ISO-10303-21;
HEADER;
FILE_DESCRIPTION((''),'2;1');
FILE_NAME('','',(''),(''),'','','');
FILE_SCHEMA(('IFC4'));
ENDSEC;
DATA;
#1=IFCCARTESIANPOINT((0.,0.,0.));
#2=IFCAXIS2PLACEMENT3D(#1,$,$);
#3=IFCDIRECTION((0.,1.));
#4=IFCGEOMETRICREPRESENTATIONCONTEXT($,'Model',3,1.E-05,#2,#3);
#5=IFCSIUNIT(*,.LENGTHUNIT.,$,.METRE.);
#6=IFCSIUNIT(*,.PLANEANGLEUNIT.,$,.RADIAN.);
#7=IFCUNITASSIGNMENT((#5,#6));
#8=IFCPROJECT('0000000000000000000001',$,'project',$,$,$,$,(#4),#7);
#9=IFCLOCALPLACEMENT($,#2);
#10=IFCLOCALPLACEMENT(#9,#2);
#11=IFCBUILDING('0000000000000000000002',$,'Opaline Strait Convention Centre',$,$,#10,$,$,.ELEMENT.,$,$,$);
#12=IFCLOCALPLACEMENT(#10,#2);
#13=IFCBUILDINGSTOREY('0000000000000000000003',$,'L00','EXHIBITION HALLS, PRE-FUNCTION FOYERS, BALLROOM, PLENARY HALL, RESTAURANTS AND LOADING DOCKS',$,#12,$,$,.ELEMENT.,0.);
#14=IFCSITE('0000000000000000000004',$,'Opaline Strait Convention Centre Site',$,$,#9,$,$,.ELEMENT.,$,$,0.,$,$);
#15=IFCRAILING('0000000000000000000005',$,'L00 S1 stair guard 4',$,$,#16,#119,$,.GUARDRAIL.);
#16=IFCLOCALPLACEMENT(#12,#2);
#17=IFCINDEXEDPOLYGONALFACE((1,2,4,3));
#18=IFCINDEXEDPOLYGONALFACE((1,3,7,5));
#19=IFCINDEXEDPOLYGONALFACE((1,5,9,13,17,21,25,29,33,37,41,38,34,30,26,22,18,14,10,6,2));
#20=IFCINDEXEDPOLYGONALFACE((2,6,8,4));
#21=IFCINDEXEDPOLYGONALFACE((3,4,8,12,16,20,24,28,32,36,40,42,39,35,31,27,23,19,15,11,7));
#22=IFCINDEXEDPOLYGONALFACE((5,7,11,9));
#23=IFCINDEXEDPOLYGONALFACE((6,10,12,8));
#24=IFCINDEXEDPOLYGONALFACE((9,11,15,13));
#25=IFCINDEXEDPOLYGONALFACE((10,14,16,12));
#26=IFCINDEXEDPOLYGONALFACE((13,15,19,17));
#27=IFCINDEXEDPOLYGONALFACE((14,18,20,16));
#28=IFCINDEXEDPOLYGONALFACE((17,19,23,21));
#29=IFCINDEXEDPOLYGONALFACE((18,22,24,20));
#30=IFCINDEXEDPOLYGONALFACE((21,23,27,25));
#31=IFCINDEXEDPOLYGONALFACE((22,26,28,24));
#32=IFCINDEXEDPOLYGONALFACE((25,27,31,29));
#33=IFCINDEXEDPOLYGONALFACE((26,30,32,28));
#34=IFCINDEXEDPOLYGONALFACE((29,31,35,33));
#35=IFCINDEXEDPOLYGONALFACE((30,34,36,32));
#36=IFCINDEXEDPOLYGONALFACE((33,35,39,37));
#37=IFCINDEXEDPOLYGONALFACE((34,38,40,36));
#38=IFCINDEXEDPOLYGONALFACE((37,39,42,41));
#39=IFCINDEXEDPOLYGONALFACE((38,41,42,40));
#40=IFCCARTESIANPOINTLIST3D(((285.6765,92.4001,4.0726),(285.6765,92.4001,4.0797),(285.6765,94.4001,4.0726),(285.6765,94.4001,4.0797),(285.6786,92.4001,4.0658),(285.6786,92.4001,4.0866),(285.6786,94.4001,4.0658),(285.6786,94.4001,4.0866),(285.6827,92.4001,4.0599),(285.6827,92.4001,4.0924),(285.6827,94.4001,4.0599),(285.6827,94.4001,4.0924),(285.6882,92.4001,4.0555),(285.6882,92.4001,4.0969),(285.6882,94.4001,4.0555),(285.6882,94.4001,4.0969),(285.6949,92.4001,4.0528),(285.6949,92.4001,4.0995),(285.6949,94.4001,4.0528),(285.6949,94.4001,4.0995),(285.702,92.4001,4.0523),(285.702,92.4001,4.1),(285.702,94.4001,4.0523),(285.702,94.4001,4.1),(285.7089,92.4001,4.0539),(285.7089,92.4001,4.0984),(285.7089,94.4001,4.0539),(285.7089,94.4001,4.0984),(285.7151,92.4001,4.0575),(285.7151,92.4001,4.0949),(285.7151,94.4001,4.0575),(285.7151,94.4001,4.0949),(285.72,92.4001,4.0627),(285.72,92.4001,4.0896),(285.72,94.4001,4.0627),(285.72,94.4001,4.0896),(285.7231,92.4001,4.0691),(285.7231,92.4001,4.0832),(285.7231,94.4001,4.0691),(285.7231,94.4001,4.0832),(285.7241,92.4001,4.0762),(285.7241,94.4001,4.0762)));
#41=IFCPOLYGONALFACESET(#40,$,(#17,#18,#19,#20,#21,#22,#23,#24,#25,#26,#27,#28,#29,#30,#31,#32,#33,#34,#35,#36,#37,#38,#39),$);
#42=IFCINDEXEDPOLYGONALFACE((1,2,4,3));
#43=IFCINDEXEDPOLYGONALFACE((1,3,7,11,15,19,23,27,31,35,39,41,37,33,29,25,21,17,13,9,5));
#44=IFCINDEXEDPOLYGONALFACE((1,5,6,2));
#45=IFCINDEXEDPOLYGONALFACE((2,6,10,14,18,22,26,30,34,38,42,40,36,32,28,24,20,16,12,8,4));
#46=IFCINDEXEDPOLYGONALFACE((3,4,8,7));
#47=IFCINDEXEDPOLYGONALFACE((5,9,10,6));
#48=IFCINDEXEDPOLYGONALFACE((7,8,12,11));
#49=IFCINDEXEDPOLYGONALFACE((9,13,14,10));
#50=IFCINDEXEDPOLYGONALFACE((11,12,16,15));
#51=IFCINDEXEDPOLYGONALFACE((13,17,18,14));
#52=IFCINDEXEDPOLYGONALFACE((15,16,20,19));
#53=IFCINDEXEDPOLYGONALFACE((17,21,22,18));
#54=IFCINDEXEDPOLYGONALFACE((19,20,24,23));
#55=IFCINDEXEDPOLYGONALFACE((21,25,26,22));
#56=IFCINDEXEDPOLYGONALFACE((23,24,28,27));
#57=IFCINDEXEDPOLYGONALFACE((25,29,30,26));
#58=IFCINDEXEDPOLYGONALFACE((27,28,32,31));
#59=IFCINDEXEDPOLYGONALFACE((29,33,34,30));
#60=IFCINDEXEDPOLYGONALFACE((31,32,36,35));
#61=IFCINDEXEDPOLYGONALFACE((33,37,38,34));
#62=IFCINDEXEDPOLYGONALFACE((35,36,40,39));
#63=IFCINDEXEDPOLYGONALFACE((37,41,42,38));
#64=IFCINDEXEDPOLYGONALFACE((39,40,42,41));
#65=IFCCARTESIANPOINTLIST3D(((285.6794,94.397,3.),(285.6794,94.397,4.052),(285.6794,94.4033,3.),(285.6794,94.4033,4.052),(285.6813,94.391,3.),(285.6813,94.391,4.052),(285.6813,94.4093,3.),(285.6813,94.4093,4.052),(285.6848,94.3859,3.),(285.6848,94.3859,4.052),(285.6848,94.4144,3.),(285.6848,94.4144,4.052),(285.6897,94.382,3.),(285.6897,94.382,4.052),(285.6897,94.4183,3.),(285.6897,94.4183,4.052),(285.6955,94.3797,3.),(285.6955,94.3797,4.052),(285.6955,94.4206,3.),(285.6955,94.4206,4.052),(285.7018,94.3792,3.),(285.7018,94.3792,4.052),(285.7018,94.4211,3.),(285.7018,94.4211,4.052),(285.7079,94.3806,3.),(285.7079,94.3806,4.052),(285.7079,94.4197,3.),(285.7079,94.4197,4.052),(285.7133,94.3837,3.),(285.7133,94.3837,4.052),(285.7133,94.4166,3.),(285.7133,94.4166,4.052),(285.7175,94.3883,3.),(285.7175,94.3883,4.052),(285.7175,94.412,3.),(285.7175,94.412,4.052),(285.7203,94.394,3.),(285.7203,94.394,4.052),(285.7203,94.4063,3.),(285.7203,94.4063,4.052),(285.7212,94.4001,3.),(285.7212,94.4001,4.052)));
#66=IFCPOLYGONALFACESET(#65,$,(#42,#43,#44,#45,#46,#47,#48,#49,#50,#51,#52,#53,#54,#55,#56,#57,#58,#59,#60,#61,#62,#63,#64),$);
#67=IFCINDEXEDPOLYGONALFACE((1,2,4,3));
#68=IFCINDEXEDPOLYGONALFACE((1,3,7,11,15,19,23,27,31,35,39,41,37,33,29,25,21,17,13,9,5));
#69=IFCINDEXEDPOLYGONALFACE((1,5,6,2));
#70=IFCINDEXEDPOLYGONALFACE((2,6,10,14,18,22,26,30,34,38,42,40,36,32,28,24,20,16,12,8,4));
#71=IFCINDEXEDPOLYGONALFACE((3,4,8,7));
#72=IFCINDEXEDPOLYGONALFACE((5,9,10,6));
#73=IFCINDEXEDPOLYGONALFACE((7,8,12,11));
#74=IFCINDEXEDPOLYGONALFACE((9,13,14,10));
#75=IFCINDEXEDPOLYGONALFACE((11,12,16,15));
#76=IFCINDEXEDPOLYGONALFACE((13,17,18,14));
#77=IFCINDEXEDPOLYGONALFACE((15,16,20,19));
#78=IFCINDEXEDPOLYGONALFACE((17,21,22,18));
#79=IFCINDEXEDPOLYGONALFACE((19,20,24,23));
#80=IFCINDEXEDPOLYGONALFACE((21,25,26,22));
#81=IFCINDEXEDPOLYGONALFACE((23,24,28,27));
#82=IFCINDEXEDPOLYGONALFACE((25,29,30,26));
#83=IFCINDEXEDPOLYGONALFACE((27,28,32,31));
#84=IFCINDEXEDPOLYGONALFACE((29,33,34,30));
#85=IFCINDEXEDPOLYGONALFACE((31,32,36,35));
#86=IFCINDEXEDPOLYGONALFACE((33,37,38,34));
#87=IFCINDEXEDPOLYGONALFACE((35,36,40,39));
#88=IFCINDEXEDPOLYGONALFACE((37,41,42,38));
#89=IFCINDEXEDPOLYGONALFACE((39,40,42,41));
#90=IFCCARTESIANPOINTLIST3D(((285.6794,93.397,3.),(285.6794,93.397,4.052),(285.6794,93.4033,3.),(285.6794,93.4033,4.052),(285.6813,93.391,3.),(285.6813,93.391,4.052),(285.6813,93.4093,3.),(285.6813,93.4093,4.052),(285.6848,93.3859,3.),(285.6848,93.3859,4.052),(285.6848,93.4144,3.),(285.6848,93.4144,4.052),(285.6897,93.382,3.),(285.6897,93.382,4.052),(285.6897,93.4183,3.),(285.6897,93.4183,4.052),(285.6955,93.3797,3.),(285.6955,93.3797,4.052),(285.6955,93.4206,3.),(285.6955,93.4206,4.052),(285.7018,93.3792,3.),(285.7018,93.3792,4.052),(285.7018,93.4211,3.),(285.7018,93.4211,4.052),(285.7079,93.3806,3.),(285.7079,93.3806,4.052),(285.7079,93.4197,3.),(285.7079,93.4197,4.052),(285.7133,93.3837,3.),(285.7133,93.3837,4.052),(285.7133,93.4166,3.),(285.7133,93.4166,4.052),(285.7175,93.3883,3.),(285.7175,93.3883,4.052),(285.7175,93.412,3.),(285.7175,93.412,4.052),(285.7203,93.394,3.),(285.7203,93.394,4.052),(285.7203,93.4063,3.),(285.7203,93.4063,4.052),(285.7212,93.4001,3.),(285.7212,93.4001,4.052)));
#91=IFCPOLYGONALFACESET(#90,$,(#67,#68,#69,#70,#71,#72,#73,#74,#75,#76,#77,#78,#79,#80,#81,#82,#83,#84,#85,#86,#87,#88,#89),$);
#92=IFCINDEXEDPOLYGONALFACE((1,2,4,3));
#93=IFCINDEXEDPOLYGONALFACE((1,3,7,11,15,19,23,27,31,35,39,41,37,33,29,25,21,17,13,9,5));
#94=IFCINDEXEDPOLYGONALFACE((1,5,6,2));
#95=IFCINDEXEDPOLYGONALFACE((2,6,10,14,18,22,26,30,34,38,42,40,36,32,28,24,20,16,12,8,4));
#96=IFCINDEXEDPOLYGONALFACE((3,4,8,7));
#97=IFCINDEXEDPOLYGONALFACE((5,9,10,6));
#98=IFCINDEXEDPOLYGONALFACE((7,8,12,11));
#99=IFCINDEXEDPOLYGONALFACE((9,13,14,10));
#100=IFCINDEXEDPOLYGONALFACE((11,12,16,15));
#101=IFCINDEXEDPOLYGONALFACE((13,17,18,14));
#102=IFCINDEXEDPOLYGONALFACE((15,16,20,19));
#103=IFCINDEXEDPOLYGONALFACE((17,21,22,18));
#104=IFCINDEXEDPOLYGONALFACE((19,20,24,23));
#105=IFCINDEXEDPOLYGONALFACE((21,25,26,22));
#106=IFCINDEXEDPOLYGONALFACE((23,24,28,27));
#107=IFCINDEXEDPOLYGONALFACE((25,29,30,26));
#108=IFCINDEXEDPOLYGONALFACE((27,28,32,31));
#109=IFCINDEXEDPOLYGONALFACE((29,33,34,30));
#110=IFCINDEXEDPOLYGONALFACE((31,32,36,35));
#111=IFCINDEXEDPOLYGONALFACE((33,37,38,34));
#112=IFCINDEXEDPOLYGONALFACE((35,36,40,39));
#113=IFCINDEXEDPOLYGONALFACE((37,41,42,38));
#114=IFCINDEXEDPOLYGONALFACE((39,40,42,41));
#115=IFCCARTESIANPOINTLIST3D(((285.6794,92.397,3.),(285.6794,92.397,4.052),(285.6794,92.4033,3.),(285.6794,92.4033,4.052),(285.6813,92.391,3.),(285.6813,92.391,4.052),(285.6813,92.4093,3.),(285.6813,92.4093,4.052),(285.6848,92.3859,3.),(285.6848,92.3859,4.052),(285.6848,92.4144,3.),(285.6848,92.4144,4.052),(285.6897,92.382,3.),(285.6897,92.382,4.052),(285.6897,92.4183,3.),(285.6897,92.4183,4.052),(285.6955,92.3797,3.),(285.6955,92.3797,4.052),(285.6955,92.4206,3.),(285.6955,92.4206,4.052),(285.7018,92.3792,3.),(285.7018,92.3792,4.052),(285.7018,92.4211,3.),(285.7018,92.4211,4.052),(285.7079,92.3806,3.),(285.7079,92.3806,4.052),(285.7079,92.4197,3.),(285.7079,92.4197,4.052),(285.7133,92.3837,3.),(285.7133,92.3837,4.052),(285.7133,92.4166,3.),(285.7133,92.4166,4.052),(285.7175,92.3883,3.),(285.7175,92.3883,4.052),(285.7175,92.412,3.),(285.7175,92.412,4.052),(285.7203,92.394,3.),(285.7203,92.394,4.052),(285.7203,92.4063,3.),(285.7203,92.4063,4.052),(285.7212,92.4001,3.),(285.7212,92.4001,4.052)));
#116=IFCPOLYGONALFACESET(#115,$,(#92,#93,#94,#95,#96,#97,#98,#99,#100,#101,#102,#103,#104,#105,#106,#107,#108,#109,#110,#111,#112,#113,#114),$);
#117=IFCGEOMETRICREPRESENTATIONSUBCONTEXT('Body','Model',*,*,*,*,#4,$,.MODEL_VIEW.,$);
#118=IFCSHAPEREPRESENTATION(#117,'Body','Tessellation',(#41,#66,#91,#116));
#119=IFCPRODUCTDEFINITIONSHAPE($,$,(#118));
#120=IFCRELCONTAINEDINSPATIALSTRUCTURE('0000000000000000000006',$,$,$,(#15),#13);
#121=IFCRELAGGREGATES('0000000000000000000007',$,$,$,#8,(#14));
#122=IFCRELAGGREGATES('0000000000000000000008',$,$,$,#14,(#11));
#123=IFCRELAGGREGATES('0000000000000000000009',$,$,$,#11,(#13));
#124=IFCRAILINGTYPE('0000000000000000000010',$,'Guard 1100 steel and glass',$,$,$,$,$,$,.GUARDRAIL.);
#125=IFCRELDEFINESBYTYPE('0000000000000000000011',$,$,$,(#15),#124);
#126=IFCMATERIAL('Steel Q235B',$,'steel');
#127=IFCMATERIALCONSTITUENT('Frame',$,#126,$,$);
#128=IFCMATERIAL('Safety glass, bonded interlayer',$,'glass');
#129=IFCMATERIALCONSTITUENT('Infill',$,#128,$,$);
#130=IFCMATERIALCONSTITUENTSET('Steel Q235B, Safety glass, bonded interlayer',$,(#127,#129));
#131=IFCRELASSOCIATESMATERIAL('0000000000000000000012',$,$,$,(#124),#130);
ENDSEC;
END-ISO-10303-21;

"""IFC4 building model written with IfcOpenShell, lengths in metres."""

from ifc_helpers import new_model, si_unit, direction, frame, origin, origin_2d, place, context, subcontext, project, spatial, circle, extrude, material, constituent, constituent_set, type_object, element, save


model = new_model("IFC4")

# Units and contexts
model_context = context("Model", 3, precision=1e-05, world=origin(), true_north=direction((0.0, 1.0)))
body_context = subcontext(model_context, "Body", "Model", "MODEL_VIEW")
ifc_project = project(units=[si_unit("LENGTHUNIT", "METRE"), si_unit("PLANEANGLEUNIT", "RADIAN")], contexts=[model_context])

# Site, building, storey
site_placement = place(None, origin())
site = spatial("IfcSite", under=ifc_project, at=site_placement, Name="Opaline Strait Convention Centre Site", CompositionType="ELEMENT", RefElevation=0.0)
building_placement = place(site_placement, origin())
building = spatial("IfcBuilding", under=site, at=building_placement, Name="Opaline Strait Convention Centre", CompositionType="ELEMENT")
storey_placement = place(building_placement, origin())
storey = spatial("IfcBuildingStorey", under=building, at=storey_placement, Name="L00", Description="EXHIBITION HALLS, PRE-FUNCTION FOYERS, BALLROOM, PLENARY HALL, RESTAURANTS AND LOADING DOCKS", CompositionType="ELEMENT", Elevation=0.0)

# Railing
ifc_material_1 = material(Name="Steel Q235B", Category="steel")
ifc_constituent_1 = constituent(ifc_material_1, Name="Frame")
ifc_material_2 = material(Name="Safety glass, bonded interlayer", Category="glass")
ifc_constituent_2 = constituent(ifc_material_2, Name="Infill")
ifc_constituent_set = constituent_set(constituents=[ifc_constituent_1, ifc_constituent_2], Name="Steel Q235B, Safety glass, bonded interlayer")
railing_type_1 = type_object("IfcRailingType", Name="Guard 1100 steel and glass", PredefinedType="GUARDRAIL", material=ifc_constituent_set)
for number, where, name in (
    (1, (285.7002, 94.4001, 3.0), "L00 S1 stair guard 4"),
):
    element("IfcRailing", number, at=place(storey_placement, frame(where)), inside=storey, type_object=railing_type_1, Name=name, PredefinedType="GUARDRAIL", context=body_context, shape_type="SweptSolid", body=[
        extrude(circle(Radius=0.0239, at=origin_2d()), frame((0.0, 0.0, 1.0762), z_axis=(0.0, -1.0, 0.0), x_axis=(1.0, 0.0, 0.0)), (0.0, 0.0, 1.0), 2.0),
        extrude(circle(Radius=0.021, at=origin_2d()), origin(), (0.0, 0.0, 1.0), 1.052),
        extrude(circle(Radius=0.021, at=origin_2d()), frame((0.0, -1.0, 0.0)), (0.0, 0.0, 1.0), 1.052),
        extrude(circle(Radius=0.021, at=origin_2d()), frame((0.0, -2.0, 0.0)), (0.0, 0.0, 1.0), 1.052),
    ])

save(model, "model.ifc")
